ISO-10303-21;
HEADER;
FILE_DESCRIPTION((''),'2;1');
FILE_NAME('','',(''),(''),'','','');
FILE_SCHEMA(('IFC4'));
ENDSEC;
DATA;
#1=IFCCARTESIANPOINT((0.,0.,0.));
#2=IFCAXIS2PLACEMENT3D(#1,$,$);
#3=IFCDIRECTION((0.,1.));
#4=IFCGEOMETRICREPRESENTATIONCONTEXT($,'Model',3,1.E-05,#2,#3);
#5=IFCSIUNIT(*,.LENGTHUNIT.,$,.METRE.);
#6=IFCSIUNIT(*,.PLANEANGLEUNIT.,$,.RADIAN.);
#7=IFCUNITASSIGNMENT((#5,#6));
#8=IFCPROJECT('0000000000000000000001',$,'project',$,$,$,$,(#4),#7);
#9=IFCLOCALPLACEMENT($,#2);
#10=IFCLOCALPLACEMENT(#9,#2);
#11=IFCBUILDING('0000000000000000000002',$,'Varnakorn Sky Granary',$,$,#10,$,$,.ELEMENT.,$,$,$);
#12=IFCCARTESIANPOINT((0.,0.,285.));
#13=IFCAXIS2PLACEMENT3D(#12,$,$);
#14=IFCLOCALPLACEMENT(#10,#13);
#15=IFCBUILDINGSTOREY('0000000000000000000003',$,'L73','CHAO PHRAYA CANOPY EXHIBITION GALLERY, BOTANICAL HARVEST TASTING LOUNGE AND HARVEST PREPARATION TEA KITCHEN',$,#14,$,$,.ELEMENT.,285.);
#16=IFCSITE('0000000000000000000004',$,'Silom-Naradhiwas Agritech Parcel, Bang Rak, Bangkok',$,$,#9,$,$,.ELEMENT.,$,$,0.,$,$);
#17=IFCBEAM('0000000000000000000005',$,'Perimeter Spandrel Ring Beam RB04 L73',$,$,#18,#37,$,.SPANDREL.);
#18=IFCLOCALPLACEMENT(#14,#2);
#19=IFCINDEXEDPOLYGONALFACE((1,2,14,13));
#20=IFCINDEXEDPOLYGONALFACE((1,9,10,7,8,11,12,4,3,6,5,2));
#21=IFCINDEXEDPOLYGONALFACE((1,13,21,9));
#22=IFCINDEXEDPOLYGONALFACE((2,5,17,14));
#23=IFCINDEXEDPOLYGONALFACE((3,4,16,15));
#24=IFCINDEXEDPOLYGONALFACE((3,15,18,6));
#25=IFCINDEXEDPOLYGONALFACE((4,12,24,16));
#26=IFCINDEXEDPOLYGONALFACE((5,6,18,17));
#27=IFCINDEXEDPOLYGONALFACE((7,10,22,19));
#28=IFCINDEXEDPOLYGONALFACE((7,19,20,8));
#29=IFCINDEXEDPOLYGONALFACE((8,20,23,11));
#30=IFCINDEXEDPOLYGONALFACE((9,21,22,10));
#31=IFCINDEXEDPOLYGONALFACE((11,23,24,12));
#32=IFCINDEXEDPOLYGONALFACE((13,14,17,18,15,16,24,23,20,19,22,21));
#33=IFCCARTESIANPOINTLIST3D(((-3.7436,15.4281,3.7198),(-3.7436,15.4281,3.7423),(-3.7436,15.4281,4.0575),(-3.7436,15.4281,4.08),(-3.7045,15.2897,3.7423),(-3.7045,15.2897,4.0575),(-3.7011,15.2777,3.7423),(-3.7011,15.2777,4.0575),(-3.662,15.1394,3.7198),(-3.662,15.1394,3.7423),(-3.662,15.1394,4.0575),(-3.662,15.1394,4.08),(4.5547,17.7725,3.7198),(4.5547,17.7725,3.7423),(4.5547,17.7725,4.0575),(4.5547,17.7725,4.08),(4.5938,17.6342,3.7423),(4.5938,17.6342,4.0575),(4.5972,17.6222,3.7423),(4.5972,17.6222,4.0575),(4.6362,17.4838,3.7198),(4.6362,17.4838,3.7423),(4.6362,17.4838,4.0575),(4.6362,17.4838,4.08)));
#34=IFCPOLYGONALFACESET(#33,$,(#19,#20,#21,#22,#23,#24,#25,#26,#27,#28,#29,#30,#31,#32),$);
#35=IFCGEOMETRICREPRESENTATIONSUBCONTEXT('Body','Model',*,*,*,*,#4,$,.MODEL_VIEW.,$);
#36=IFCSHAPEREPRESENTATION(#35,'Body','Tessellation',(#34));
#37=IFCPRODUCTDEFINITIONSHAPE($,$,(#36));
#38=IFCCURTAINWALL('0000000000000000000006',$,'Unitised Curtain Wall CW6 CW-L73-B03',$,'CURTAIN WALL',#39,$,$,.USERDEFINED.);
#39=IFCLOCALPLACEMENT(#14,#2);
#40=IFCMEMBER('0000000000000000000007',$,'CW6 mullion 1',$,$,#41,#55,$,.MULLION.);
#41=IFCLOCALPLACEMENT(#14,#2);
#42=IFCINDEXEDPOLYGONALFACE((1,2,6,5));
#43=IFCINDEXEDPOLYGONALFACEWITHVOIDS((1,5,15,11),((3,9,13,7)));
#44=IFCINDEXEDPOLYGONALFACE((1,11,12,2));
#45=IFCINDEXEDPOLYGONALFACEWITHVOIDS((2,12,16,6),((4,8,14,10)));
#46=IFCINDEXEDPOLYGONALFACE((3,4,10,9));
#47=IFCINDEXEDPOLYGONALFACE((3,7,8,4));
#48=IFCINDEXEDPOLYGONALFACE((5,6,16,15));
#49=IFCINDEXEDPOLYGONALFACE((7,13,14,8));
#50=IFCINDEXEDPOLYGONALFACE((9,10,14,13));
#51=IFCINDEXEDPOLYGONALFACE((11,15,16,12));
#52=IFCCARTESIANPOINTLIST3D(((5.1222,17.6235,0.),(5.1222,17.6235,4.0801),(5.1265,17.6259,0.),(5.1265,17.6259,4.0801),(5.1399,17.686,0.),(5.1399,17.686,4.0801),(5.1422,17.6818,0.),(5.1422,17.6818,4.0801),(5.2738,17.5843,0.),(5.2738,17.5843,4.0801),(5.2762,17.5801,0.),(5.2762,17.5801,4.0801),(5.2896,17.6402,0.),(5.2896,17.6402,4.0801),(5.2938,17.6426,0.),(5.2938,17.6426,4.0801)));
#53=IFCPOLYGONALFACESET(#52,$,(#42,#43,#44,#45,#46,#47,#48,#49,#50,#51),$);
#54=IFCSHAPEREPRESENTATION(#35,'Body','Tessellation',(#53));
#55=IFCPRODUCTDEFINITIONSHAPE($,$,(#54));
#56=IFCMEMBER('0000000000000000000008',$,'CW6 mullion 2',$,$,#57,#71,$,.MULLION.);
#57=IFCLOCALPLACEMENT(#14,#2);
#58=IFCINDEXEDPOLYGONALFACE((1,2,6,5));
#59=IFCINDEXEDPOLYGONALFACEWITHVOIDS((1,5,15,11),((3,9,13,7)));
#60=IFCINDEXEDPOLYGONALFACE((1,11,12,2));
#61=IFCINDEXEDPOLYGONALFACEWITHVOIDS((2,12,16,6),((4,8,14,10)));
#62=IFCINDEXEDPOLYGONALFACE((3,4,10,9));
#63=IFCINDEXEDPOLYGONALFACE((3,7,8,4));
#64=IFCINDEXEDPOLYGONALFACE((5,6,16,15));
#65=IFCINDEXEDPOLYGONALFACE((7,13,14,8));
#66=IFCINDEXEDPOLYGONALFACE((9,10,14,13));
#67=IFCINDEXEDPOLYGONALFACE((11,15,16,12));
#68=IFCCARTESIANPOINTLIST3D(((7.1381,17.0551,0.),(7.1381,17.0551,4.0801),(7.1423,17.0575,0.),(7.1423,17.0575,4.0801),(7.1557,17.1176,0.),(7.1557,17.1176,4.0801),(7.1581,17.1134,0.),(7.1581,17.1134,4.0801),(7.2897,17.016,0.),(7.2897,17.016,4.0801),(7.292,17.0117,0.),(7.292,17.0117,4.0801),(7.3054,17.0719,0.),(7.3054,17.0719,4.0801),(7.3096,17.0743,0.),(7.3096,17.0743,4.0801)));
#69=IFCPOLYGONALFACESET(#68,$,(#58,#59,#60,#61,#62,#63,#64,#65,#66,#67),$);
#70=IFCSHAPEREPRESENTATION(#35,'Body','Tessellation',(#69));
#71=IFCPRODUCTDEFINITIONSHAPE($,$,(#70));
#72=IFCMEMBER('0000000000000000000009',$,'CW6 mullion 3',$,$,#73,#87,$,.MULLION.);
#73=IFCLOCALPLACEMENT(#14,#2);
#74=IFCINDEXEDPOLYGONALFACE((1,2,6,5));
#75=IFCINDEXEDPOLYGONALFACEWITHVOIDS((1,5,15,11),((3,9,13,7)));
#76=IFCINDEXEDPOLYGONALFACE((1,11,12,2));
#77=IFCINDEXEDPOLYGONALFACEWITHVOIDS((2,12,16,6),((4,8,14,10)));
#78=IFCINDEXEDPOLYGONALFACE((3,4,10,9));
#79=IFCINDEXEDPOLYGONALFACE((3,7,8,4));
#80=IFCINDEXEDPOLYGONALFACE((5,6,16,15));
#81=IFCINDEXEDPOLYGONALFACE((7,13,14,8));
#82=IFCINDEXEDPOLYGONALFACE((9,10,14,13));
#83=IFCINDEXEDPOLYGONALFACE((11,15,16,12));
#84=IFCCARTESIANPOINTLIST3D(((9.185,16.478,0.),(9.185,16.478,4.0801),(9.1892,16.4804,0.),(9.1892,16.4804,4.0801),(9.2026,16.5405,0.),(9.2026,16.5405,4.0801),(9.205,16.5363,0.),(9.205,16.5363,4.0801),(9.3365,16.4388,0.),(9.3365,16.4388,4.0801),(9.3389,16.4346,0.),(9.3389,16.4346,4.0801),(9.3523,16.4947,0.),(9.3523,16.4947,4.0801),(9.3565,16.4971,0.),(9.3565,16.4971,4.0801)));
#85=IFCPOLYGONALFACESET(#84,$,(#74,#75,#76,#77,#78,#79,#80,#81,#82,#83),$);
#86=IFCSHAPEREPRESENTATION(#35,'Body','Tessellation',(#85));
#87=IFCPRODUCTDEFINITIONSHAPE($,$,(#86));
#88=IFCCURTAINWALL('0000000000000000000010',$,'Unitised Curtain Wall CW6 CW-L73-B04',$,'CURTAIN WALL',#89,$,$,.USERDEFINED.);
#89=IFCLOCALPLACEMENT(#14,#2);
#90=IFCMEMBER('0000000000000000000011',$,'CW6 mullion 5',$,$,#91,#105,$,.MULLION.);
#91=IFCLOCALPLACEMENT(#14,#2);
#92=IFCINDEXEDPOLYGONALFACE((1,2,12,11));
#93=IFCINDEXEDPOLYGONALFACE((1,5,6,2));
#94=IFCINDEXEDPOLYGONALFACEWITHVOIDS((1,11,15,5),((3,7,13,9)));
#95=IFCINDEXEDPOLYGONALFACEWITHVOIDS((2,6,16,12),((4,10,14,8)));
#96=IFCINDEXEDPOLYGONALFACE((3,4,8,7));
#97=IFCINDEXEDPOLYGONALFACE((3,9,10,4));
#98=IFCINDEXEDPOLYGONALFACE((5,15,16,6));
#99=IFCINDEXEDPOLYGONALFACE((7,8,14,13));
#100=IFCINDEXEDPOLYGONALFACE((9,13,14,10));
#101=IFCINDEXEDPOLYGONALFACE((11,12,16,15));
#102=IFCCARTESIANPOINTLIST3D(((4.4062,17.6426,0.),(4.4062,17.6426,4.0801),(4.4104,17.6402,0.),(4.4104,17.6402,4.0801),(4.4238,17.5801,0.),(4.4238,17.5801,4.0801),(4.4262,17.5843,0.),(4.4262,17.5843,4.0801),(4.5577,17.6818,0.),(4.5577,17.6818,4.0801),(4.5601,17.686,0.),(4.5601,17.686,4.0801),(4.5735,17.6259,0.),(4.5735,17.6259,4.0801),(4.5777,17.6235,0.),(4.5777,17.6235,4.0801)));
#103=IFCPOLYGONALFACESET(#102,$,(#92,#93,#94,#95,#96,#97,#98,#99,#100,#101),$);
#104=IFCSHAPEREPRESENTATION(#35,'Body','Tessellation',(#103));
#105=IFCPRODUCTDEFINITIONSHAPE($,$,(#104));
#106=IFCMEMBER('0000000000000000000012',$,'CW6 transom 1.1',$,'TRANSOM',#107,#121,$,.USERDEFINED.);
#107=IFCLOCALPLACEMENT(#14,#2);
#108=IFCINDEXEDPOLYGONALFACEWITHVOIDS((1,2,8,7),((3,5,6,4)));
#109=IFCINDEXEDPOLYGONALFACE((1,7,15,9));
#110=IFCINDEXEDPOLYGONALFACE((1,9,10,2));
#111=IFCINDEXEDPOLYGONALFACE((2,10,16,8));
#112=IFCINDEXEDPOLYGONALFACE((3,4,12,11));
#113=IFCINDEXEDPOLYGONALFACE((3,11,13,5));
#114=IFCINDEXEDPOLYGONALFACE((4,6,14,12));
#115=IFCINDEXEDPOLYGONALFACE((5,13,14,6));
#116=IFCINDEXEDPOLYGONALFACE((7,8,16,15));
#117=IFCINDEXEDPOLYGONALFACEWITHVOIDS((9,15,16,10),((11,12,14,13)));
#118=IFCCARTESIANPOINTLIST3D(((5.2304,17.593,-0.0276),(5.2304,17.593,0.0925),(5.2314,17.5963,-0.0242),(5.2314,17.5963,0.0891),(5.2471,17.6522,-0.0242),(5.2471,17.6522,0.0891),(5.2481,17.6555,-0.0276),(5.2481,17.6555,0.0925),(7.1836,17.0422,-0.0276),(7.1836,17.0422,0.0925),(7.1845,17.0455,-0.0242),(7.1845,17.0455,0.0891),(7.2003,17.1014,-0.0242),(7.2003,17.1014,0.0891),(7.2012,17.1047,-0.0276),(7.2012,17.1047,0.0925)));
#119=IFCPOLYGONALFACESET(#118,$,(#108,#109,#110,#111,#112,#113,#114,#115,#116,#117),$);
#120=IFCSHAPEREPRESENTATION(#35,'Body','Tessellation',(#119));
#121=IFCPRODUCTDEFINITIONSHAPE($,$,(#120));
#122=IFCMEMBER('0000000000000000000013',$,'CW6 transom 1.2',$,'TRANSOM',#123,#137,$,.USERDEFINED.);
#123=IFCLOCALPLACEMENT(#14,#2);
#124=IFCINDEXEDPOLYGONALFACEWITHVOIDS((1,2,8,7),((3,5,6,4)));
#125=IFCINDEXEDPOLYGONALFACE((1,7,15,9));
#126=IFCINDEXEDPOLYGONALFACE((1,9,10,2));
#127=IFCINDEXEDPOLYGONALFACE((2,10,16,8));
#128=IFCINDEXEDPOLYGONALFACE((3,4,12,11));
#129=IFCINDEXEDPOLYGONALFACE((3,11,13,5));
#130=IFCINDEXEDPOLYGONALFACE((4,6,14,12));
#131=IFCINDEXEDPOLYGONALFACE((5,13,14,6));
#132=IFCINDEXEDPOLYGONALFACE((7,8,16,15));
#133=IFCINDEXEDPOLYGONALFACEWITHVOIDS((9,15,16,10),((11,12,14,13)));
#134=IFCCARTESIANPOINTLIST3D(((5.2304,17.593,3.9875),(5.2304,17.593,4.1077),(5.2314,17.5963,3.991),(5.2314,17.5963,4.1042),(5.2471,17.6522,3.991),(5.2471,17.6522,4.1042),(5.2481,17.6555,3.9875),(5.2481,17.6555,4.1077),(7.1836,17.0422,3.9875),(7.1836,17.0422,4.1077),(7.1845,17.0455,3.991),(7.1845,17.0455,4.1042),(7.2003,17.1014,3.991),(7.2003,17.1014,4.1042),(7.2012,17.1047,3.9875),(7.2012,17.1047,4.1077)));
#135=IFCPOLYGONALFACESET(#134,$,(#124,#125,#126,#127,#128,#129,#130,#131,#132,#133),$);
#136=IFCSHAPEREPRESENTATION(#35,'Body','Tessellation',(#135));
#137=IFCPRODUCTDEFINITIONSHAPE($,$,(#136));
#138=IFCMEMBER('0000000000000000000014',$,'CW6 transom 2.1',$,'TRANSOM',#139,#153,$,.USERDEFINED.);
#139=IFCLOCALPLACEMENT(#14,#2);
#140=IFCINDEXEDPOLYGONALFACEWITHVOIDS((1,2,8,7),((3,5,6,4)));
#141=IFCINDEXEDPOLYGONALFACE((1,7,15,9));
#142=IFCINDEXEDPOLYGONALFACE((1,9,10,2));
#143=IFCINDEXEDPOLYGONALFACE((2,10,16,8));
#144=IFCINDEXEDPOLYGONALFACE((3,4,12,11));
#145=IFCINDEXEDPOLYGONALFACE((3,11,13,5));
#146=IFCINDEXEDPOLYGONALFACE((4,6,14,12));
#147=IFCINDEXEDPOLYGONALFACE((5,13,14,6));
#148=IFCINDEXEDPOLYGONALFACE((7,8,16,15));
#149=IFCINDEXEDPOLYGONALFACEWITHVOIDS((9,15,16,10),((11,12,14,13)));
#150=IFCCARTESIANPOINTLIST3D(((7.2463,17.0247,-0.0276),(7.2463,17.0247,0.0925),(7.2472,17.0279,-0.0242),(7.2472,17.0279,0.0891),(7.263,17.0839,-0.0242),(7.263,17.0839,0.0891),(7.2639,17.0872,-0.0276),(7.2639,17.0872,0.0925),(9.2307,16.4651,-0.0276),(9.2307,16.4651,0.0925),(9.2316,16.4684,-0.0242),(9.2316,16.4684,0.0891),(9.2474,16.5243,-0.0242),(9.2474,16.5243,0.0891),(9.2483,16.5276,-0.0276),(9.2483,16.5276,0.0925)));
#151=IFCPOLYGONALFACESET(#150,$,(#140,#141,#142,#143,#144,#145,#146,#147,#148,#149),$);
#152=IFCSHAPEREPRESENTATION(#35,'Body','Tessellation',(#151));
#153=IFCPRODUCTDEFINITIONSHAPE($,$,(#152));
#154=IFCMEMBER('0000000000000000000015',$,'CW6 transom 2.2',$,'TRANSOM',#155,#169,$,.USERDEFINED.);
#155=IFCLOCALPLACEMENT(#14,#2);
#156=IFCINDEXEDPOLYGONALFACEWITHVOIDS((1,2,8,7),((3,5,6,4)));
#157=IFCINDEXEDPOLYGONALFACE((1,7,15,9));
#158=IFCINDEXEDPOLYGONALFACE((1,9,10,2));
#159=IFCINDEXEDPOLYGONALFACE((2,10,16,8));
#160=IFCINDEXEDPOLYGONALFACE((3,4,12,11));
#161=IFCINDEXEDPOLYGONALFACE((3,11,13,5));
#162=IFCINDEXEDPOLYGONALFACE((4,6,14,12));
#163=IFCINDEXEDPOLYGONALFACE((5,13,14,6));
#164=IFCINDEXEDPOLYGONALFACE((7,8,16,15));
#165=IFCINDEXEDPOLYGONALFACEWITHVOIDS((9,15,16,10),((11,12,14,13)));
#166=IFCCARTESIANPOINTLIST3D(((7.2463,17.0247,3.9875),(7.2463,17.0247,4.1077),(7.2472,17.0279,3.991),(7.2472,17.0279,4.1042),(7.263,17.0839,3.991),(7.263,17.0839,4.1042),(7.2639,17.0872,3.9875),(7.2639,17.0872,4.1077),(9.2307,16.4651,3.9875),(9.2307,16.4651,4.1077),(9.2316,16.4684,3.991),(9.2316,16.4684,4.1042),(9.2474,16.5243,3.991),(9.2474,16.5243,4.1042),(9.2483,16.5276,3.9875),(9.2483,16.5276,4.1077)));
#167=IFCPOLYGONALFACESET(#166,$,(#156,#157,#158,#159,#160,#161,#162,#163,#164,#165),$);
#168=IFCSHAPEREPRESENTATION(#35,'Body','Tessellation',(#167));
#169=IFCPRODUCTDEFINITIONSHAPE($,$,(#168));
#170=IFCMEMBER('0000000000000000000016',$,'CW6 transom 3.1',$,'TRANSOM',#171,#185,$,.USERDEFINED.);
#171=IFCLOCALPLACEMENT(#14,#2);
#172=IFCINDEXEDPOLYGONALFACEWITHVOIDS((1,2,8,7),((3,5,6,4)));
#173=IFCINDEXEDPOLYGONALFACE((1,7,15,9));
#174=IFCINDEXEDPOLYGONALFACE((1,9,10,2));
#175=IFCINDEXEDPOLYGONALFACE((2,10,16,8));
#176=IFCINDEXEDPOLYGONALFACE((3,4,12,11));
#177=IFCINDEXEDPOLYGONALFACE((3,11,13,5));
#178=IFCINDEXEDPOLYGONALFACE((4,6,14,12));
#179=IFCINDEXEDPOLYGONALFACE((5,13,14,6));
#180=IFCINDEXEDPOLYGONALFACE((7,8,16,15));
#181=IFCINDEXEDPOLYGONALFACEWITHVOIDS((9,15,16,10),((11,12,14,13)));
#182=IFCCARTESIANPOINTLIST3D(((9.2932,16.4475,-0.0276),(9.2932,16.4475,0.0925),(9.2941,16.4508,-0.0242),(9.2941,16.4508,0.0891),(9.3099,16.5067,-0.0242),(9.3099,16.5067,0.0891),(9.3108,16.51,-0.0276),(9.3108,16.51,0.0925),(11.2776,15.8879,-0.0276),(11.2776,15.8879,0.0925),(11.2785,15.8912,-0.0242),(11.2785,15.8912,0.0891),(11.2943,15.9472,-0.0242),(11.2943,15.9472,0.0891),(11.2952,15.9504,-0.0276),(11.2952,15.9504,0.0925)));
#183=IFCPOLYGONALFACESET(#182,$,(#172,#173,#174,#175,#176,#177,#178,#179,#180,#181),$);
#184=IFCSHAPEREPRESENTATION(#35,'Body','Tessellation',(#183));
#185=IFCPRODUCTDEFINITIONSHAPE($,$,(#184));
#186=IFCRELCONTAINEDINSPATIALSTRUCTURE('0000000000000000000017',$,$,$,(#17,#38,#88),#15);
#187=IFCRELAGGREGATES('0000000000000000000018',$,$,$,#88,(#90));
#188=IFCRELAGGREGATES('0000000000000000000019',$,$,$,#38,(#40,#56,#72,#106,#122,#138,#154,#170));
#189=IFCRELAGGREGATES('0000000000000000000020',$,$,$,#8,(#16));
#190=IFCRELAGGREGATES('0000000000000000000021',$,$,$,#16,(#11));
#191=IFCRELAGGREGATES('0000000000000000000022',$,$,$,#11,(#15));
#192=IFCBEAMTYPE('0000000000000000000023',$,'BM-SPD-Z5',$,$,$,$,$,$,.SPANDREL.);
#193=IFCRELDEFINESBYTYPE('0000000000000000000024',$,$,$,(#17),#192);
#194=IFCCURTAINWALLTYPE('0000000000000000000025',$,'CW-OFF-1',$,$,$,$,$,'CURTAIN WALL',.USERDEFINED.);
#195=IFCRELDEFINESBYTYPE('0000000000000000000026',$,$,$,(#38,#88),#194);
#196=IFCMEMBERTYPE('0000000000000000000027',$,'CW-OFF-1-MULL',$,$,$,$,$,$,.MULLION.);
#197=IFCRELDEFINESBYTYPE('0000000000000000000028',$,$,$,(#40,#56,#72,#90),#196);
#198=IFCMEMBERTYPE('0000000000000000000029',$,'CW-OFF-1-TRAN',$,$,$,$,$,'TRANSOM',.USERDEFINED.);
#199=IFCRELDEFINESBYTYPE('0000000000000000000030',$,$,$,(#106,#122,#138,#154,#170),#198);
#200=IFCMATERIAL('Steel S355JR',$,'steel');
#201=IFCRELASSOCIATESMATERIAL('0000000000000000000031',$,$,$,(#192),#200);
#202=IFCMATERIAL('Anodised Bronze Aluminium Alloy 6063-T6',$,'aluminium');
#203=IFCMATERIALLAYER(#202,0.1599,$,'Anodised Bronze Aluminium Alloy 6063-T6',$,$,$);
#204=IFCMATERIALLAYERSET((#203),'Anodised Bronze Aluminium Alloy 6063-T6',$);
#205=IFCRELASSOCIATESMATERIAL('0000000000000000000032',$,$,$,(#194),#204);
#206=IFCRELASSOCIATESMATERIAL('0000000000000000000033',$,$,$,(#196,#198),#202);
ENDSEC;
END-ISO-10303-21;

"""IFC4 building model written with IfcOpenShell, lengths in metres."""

from ifc_helpers import new_model, si_unit, direction, frame, origin, origin_2d, place, context, subcontext, project, spatial, hollow_rectangle, i_section, extrude, material, layer, layer_set, material_profile, profile_set, type_object, element, aggregate, save


model = new_model("IFC4")

# Units and contexts
model_context = context("Model", 3, precision=1e-05, world=origin(), true_north=direction((0.0, 1.0)))
body_context = subcontext(model_context, "Body", "Model", "MODEL_VIEW")
ifc_project = project(units=[si_unit("LENGTHUNIT", "METRE"), si_unit("PLANEANGLEUNIT", "RADIAN")], contexts=[model_context])

# Site, building, storey
site_placement = place(None, origin())
site = spatial("IfcSite", under=ifc_project, at=site_placement, Name="Silom-Naradhiwas Agritech Parcel, Bang Rak, Bangkok", CompositionType="ELEMENT", RefElevation=0.0)
building_placement = place(site_placement, origin())
building = spatial("IfcBuilding", under=site, at=building_placement, Name="Varnakorn Sky Granary", CompositionType="ELEMENT")
storey_placement = place(building_placement, frame((0.0, 0.0, 285.0)))
storey = spatial("IfcBuildingStorey", under=building, at=storey_placement, Name="L73", Description="CHAO PHRAYA CANOPY EXHIBITION GALLERY, BOTANICAL HARVEST TASTING LOUNGE AND HARVEST PREPARATION TEA KITCHEN", CompositionType="ELEMENT", Elevation=285.0)

# Beam
ifc_material_1 = material(Name="Steel S355JR", Category="steel")
ifc_material_profile_1 = material_profile(ifc_material_1, i_section(OverallWidth=0.3, OverallDepth=0.3601, WebThickness=0.0125, FlangeThickness=0.0225, at=origin_2d()), Name="HE 360 B")
ifc_profile_set_1 = profile_set([ifc_material_profile_1], Name="Steel S355JR")
beam_type_1 = type_object("IfcBeamType", Name="BM-SPD-Z5", PredefinedType="SPANDREL", material=ifc_profile_set_1)
beam_1_placement = place(storey_placement, frame((4.5955, 17.6282, 3.8999), z_axis=(-0.962331, -0.271882, 0.0), x_axis=(0.271882, -0.962331, 0.0)))
element("IfcBeam", 1, at=beam_1_placement, inside=storey, type_object=beam_type_1, Name="Perimeter Spandrel Ring Beam RB04 L73", PredefinedType="SPANDREL", context=body_context, shape_type="SweptSolid", body=[
    extrude(i_section(OverallWidth=0.3, OverallDepth=0.3601, WebThickness=0.0125, FlangeThickness=0.0225, at=origin_2d()), origin(), (0.0, 0.0, 1.0), 8.623),
])

# Curtain wall, members
ifc_material_2 = material(Name="Anodised Bronze Aluminium Alloy 6063-T6", Category="aluminium")
ifc_layer_1 = layer(ifc_material_2, 0.1599, Name="Anodised Bronze Aluminium Alloy 6063-T6")
ifc_layer_set_1 = layer_set([ifc_layer_1], Name="Anodised Bronze Aluminium Alloy 6063-T6")
curtain_wall_type = type_object("IfcCurtainWallType", Name="CW-OFF-1", ElementType="CURTAIN WALL", PredefinedType="USERDEFINED", material=ifc_layer_set_1)
curtain_wall_1_placement = place(storey_placement, origin())
curtain_wall_1 = element("IfcCurtainWall", 2, at=curtain_wall_1_placement, inside=storey, type_object=curtain_wall_type, Name="Unitised Curtain Wall CW6 CW-L73-B03", ObjectType="CURTAIN WALL", PredefinedType="USERDEFINED")
ifc_material_profile_2 = material_profile(ifc_material_2, hollow_rectangle(XDim=0.0649, YDim=0.1599, WallThickness=0.0034, at=origin_2d()), Name="ALU MULL 65x160")
ifc_profile_set_2 = profile_set([ifc_material_profile_2], Name="Anodised Bronze Aluminium Alloy 6063-T6")
member_type_1 = type_object("IfcMemberType", Name="CW-OFF-1-MULL", PredefinedType="MULLION", material=ifc_profile_set_2)
member_1_placement = place(storey_placement, frame((5.208, 17.6331, 0.0), z_axis=(0.0, 0.0, 1.0), x_axis=(0.271372, 0.962474, 0.0)))
member_1 = element("IfcMember", 3, at=member_1_placement, type_object=member_type_1, Name="CW6 mullion 1", PredefinedType="MULLION", context=body_context, shape_type="SweptSolid", body=[
    extrude(hollow_rectangle(XDim=0.0649, YDim=0.1599, WallThickness=0.0034, at=origin_2d()), origin(), (0.0, 0.0, 1.0), 4.0801),
])
member_2_placement = place(storey_placement, frame((7.2239, 17.0647, 0.0), z_axis=(0.0, 0.0, 1.0), x_axis=(0.271372, 0.962474, 0.0)))
member_2 = element("IfcMember", 4, at=member_2_placement, type_object=member_type_1, Name="CW6 mullion 2", PredefinedType="MULLION", context=body_context, shape_type="SweptSolid", body=[
    extrude(hollow_rectangle(XDim=0.0649, YDim=0.1599, WallThickness=0.0034, at=origin_2d()), origin(), (0.0, 0.0, 1.0), 4.0801),
])
member_3_placement = place(storey_placement, frame((9.2708, 16.4875, 0.0), z_axis=(0.0, 0.0, 1.0), x_axis=(0.271372, 0.962474, 0.0)))
member_3 = element("IfcMember", 5, at=member_3_placement, type_object=member_type_1, Name="CW6 mullion 3", PredefinedType="MULLION", context=body_context, shape_type="SweptSolid", body=[
    extrude(hollow_rectangle(XDim=0.0649, YDim=0.1599, WallThickness=0.0034, at=origin_2d()), origin(), (0.0, 0.0, 1.0), 4.0801),
])

# Curtain wall, member
curtain_wall_2_placement = place(storey_placement, origin())
curtain_wall_2 = element("IfcCurtainWall", 6, at=curtain_wall_2_placement, inside=storey, type_object=curtain_wall_type, Name="Unitised Curtain Wall CW6 CW-L73-B04", ObjectType="CURTAIN WALL", PredefinedType="USERDEFINED")
member_4_placement = place(storey_placement, frame((4.4919, 17.6331, 0.0), z_axis=(0.0, 0.0, 1.0), x_axis=(-0.271372, 0.962474, 0.0)))
member_4 = element("IfcMember", 7, at=member_4_placement, type_object=member_type_1, Name="CW6 mullion 5", PredefinedType="MULLION", context=body_context, shape_type="SweptSolid", body=[
    extrude(hollow_rectangle(XDim=0.0649, YDim=0.1599, WallThickness=0.0034, at=origin_2d()), origin(), (0.0, 0.0, 1.0), 4.0801),
])

# Members
ifc_material_profile_3 = material_profile(ifc_material_2, hollow_rectangle(XDim=0.0649, YDim=0.1201, WallThickness=0.0034, at=origin_2d()), Name="ALU TRAN 65x120")
ifc_profile_set_3 = profile_set([ifc_material_profile_3], Name="Anodised Bronze Aluminium Alloy 6063-T6")
member_type_2 = type_object("IfcMemberType", Name="CW-OFF-1-TRAN", ElementType="TRANSOM", PredefinedType="USERDEFINED", material=ifc_profile_set_3)
member_5_placement = place(storey_placement, frame((5.2393, 17.6243, 0.0325), z_axis=(0.962463, -0.271414, 0.0), x_axis=(0.271414, 0.962463, 0.0)))
member_5 = element("IfcMember", 8, at=member_5_placement, type_object=member_type_2, Name="CW6 transom 1.1", ObjectType="TRANSOM", PredefinedType="USERDEFINED", context=body_context, shape_type="SweptSolid", body=[
    extrude(hollow_rectangle(XDim=0.0649, YDim=0.1201, WallThickness=0.0034, at=origin_2d()), origin(), (0.0, 0.0, 1.0), 2.0293),
])
member_6_placement = place(storey_placement, frame((5.2393, 17.6243, 4.0476), z_axis=(0.962463, -0.271414, 0.0), x_axis=(0.271414, 0.962463, 0.0)))
member_6 = element("IfcMember", 9, at=member_6_placement, type_object=member_type_2, Name="CW6 transom 1.2", ObjectType="TRANSOM", PredefinedType="USERDEFINED", context=body_context, shape_type="SweptSolid", body=[
    extrude(hollow_rectangle(XDim=0.0649, YDim=0.1201, WallThickness=0.0034, at=origin_2d()), origin(), (0.0, 0.0, 1.0), 2.0293),
])
member_7_placement = place(storey_placement, frame((7.2551, 17.0559, 0.0325), z_axis=(0.962466, -0.271404, 0.0), x_axis=(0.271404, 0.962466, 0.0)))
member_7 = element("IfcMember", 10, at=member_7_placement, type_object=member_type_2, Name="CW6 transom 2.1", ObjectType="TRANSOM", PredefinedType="USERDEFINED", context=body_context, shape_type="SweptSolid", body=[
    extrude(hollow_rectangle(XDim=0.0649, YDim=0.1201, WallThickness=0.0034, at=origin_2d()), origin(), (0.0, 0.0, 1.0), 2.0618),
])
member_8_placement = place(storey_placement, frame((7.2551, 17.0559, 4.0476), z_axis=(0.962466, -0.271404, 0.0), x_axis=(0.271404, 0.962466, 0.0)))
member_8 = element("IfcMember", 11, at=member_8_placement, type_object=member_type_2, Name="CW6 transom 2.2", ObjectType="TRANSOM", PredefinedType="USERDEFINED", context=body_context, shape_type="SweptSolid", body=[
    extrude(hollow_rectangle(XDim=0.0649, YDim=0.1201, WallThickness=0.0034, at=origin_2d()), origin(), (0.0, 0.0, 1.0), 2.0618),
])
member_9_placement = place(storey_placement, frame((9.302, 16.4788, 0.0325), z_axis=(0.962466, -0.271404, 0.0), x_axis=(0.271404, 0.962466, 0.0)))
member_9 = element("IfcMember", 12, at=member_9_placement, type_object=member_type_2, Name="CW6 transom 3.1", ObjectType="TRANSOM", PredefinedType="USERDEFINED", context=body_context, shape_type="SweptSolid", body=[
    extrude(hollow_rectangle(XDim=0.0649, YDim=0.1201, WallThickness=0.0034, at=origin_2d()), origin(), (0.0, 0.0, 1.0), 2.0618),
])

aggregate(curtain_wall_2, [member_4])
aggregate(curtain_wall_1, [member_1, member_2, member_3, member_5, member_6, member_7, member_8, member_9])

save(model, "model.ifc")
